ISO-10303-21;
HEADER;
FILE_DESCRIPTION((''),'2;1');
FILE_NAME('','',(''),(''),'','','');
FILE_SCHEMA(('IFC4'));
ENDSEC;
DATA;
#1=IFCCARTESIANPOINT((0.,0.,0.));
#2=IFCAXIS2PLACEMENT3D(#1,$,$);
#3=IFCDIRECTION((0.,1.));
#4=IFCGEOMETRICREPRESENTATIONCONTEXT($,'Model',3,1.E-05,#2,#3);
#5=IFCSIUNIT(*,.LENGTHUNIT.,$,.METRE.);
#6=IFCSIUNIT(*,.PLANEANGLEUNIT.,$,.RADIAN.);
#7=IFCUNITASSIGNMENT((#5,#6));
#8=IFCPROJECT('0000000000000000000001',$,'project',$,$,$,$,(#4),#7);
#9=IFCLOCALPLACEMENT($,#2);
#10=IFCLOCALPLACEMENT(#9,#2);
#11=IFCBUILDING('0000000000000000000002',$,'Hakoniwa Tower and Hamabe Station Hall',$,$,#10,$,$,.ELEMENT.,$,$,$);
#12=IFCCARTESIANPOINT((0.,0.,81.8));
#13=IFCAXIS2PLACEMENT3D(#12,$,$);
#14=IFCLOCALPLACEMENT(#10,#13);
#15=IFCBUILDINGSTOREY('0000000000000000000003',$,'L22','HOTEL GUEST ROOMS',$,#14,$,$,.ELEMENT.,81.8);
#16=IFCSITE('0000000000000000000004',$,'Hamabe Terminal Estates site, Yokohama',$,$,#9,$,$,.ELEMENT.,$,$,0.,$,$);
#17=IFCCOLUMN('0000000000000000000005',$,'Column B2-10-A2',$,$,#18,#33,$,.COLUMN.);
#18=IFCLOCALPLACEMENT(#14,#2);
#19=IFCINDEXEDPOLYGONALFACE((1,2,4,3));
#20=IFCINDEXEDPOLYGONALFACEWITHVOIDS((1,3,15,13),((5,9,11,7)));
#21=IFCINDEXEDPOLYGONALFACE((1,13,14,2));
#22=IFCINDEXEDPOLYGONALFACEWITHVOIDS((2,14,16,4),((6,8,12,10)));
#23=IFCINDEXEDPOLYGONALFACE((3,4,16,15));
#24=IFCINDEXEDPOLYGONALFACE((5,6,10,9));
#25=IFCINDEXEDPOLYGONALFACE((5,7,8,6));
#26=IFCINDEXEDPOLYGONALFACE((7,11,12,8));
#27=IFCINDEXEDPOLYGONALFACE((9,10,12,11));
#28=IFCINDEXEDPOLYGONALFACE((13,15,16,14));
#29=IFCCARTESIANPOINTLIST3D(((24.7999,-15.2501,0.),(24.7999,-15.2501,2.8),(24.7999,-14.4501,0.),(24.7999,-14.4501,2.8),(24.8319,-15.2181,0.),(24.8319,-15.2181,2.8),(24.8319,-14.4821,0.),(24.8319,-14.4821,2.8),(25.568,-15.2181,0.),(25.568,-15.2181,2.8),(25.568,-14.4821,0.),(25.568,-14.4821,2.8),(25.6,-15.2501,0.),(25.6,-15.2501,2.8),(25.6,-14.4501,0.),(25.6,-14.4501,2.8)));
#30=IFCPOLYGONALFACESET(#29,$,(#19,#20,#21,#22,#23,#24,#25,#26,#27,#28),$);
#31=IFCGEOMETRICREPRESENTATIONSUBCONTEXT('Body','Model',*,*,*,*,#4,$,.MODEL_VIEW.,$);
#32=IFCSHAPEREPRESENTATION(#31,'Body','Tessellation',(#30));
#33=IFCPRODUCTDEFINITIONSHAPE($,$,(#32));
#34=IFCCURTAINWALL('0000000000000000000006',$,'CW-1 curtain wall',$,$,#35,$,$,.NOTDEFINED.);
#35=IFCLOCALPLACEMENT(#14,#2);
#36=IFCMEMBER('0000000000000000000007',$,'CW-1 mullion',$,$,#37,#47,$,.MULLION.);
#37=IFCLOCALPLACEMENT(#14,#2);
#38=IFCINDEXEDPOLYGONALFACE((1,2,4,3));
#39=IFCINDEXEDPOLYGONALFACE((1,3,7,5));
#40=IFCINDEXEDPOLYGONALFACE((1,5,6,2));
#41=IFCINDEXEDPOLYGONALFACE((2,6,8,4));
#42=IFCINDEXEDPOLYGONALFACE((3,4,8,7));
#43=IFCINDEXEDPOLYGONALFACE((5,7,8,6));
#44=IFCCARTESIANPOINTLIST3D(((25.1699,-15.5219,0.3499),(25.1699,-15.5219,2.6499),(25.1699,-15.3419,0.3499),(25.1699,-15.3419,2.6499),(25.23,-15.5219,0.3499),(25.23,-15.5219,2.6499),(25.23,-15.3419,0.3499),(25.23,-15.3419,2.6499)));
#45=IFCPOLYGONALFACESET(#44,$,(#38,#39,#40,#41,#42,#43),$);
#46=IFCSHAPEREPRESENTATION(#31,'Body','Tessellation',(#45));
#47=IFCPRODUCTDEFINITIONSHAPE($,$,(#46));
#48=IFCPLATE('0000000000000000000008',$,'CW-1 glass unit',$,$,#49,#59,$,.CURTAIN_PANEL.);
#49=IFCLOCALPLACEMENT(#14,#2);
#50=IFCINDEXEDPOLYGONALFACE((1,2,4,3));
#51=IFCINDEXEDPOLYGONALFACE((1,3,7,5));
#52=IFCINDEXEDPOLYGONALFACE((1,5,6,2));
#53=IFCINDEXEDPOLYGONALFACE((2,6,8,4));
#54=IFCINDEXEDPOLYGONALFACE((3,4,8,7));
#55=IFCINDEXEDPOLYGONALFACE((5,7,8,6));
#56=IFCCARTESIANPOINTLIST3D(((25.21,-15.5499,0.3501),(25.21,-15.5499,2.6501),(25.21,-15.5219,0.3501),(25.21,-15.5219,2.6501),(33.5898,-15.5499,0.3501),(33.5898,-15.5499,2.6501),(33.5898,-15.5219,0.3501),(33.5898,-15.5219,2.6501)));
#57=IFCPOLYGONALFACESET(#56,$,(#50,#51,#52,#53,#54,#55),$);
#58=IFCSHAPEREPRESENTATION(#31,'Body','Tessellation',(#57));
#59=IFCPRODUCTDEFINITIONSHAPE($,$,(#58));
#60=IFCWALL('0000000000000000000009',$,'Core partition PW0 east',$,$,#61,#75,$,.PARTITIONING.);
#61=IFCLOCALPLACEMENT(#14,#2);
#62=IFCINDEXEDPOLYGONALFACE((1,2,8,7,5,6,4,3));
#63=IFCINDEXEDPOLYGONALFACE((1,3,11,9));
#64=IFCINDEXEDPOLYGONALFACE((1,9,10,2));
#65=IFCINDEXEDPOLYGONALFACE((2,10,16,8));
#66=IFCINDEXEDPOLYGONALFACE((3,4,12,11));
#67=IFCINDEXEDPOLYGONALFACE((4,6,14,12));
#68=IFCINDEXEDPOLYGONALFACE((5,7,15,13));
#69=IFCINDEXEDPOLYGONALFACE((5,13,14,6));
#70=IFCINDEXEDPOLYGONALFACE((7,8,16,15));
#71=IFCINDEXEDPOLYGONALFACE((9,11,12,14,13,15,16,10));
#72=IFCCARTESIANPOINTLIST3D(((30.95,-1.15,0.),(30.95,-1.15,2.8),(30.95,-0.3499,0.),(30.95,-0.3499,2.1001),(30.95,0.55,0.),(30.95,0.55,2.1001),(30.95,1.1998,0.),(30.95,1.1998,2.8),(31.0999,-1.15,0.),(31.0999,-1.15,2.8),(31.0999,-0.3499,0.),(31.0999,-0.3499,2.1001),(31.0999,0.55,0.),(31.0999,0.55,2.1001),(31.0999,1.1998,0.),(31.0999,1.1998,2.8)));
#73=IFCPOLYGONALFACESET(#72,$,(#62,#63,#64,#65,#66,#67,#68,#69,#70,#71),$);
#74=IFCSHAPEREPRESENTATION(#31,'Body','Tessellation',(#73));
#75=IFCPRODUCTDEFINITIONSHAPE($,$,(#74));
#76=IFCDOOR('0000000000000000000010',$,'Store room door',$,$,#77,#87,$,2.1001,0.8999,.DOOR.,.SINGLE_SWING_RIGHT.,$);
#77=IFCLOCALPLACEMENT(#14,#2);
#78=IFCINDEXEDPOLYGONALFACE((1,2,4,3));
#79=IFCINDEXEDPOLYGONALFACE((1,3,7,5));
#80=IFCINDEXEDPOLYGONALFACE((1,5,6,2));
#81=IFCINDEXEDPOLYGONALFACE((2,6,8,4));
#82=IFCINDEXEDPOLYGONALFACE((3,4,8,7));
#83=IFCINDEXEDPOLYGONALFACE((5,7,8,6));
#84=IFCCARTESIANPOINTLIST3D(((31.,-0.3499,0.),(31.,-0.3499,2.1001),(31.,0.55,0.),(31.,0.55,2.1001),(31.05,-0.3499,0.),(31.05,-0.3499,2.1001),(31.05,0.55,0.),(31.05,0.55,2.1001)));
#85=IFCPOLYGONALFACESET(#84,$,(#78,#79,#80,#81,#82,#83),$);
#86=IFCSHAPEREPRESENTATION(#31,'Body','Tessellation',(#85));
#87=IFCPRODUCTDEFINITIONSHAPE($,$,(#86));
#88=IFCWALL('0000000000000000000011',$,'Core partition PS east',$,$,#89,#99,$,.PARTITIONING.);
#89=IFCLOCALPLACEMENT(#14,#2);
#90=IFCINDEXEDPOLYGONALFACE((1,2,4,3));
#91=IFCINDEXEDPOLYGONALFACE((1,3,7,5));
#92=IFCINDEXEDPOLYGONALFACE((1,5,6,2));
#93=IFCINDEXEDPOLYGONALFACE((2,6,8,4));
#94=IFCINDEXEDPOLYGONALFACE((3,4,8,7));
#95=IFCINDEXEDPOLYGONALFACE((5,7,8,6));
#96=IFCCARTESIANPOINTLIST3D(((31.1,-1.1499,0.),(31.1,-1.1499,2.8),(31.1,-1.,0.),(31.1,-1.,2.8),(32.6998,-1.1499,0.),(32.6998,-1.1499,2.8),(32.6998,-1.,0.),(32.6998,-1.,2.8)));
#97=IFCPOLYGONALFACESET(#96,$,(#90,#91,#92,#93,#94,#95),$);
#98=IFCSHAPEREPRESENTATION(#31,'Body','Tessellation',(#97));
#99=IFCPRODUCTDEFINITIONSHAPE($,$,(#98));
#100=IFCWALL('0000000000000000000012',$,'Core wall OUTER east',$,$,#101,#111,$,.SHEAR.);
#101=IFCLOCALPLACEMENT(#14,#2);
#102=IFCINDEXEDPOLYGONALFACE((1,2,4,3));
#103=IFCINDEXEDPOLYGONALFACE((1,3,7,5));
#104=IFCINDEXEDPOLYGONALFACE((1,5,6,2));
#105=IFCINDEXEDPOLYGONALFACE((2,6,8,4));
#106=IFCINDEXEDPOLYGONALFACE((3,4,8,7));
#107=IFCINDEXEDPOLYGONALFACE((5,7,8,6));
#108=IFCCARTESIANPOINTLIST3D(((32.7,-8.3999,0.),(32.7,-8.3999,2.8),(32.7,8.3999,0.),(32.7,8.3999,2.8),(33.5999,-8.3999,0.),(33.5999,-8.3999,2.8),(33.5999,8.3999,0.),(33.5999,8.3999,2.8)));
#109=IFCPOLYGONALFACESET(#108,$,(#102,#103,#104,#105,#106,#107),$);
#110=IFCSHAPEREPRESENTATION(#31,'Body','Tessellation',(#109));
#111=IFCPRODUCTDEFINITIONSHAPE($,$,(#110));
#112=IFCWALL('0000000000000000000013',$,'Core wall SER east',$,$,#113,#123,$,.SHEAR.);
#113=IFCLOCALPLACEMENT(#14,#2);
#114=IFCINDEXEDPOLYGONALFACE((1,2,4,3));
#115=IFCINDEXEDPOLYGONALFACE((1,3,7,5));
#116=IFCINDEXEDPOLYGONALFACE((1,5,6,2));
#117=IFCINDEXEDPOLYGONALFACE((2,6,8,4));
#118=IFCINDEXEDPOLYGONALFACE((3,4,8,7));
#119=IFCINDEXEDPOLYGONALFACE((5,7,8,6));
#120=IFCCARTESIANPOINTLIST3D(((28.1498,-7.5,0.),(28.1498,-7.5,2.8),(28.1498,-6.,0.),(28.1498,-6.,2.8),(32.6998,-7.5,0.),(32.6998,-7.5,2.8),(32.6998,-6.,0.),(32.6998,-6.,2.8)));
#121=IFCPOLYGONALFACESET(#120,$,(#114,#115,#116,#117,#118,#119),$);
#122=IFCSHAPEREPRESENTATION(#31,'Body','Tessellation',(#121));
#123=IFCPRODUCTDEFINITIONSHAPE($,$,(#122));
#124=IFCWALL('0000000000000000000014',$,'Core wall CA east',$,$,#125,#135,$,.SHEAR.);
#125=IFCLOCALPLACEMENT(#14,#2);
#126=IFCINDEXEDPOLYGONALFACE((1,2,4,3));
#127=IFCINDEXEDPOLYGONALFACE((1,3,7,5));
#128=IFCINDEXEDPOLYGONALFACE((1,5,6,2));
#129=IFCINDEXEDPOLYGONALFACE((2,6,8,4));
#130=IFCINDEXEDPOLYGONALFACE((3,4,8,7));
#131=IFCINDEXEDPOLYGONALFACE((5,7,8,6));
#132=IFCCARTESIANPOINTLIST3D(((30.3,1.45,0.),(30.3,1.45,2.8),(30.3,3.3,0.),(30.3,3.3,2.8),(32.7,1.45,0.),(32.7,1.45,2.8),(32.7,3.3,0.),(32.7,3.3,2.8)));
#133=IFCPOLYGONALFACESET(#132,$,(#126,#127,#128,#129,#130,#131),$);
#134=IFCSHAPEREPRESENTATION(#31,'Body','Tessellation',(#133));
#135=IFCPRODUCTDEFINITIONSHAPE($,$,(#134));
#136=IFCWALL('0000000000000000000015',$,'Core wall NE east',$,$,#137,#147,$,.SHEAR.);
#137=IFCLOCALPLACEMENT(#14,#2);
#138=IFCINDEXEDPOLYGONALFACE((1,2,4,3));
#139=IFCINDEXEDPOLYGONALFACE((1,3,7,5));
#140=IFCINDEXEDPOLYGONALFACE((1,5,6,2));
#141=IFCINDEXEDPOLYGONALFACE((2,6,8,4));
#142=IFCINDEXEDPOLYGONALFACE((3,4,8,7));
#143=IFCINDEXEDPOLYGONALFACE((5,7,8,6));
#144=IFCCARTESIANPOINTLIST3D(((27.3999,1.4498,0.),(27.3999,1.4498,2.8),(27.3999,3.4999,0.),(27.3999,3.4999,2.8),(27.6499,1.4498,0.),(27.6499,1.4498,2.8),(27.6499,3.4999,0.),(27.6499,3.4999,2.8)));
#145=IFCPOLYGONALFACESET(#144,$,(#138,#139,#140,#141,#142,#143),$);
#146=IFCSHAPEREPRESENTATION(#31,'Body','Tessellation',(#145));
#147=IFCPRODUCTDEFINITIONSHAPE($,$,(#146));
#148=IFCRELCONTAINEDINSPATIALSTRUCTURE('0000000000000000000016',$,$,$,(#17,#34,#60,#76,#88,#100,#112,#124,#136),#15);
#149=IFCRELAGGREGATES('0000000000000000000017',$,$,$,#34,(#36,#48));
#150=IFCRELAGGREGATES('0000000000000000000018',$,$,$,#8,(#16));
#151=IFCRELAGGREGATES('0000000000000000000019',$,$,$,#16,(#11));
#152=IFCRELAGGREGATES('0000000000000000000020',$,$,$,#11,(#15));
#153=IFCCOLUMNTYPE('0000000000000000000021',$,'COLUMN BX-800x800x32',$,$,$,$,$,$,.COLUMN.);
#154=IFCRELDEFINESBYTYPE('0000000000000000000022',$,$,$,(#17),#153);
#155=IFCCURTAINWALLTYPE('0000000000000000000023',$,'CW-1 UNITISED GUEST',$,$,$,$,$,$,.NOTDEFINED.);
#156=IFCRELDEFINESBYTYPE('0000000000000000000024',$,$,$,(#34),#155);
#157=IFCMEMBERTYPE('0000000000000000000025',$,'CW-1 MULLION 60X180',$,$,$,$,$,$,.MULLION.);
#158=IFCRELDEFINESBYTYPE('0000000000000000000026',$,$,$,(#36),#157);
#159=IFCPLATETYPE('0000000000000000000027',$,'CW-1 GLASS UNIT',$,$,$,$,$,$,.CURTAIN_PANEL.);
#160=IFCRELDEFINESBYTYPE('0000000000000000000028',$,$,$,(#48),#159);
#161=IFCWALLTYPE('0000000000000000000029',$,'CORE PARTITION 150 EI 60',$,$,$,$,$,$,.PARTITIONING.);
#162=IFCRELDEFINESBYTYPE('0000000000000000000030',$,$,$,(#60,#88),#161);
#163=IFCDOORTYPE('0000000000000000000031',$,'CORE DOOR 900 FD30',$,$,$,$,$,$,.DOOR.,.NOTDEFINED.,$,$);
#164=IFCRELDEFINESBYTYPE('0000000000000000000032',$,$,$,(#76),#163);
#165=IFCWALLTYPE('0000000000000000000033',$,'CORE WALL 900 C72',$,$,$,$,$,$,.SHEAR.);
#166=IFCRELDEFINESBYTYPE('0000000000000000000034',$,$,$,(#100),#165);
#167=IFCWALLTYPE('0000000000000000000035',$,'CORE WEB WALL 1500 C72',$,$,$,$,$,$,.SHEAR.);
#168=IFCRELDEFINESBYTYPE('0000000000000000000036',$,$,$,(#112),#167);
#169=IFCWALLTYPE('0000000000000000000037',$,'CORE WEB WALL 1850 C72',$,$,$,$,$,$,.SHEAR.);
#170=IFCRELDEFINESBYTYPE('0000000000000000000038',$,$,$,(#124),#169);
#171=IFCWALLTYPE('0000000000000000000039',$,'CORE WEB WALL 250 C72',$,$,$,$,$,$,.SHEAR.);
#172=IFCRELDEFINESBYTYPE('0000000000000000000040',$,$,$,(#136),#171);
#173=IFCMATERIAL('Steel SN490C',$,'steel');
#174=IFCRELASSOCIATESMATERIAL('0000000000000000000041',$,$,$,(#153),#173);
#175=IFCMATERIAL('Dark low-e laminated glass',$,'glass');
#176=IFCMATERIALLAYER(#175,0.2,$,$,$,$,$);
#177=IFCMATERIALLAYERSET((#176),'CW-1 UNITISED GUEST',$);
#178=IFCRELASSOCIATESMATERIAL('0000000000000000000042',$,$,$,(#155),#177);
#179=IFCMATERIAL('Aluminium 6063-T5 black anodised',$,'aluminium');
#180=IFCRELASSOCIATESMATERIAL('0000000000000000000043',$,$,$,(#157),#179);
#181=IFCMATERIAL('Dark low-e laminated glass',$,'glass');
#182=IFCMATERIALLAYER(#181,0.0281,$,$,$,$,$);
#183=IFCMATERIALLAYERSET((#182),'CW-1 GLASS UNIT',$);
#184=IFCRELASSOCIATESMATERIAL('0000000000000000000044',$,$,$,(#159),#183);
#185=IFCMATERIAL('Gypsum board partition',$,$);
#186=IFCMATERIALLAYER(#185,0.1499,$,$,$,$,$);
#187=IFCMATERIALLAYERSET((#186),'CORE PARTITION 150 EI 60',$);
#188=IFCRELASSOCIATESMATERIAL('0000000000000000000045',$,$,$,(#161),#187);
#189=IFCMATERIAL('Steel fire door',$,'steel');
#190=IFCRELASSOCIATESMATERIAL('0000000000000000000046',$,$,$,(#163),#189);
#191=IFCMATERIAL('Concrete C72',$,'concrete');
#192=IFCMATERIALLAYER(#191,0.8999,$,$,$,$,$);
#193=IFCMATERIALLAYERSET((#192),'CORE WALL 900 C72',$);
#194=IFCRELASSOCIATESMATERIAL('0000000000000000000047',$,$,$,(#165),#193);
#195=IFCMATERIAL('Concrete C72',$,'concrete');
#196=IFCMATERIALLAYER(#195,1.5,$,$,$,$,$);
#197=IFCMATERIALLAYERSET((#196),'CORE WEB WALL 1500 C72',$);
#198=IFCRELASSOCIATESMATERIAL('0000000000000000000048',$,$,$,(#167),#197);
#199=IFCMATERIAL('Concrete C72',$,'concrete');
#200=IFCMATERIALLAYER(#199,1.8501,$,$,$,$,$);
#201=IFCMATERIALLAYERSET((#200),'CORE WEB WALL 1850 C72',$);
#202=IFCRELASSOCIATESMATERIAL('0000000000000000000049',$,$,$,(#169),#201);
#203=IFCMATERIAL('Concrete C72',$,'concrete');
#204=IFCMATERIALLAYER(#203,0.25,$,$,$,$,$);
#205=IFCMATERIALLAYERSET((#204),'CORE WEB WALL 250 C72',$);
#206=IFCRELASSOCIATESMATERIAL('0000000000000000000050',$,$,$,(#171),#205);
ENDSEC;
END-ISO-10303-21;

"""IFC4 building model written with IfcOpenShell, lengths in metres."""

from ifc_helpers import new_model, si_unit, direction, frame, frame_2d, origin, origin_2d, place, context, subcontext, project, spatial, rectangle, hollow_rectangle, extrude, material, layer, layer_set, material_profile, profile_set, type_object, element, fill, aggregate, save


model = new_model("IFC4")

# Units and contexts
model_context = context("Model", 3, precision=1e-05, world=origin(), true_north=direction((0.0, 1.0)))
body_context = subcontext(model_context, "Body", "Model", "MODEL_VIEW")
ifc_project = project(units=[si_unit("LENGTHUNIT", "METRE"), si_unit("PLANEANGLEUNIT", "RADIAN")], contexts=[model_context])

# Site, building, storey
site_placement = place(None, origin())
site = spatial("IfcSite", under=ifc_project, at=site_placement, Name="Hamabe Terminal Estates site, Yokohama", CompositionType="ELEMENT", RefElevation=0.0)
building_placement = place(site_placement, origin())
building = spatial("IfcBuilding", under=site, at=building_placement, Name="Hakoniwa Tower and Hamabe Station Hall", CompositionType="ELEMENT")
storey_placement = place(building_placement, frame((0.0, 0.0, 81.8)))
storey = spatial("IfcBuildingStorey", under=building, at=storey_placement, Name="L22", Description="HOTEL GUEST ROOMS", CompositionType="ELEMENT", Elevation=81.8)

# Column
ifc_material_1 = material(Name="Steel SN490C", Category="steel")
ifc_material_profile_1 = material_profile(ifc_material_1, hollow_rectangle(XDim=0.8, YDim=0.8, WallThickness=0.032, at=origin_2d()), Name="BX-800x800x32")
ifc_profile_set_1 = profile_set([ifc_material_profile_1], Name="Steel SN490C")
column_type = type_object("IfcColumnType", Name="COLUMN BX-800x800x32", PredefinedType="COLUMN", material=ifc_profile_set_1)
column_placement = place(storey_placement, frame((25.2, -14.8501, 0.0), z_axis=(0.0, 0.0, 1.0), x_axis=(1.0, 0.0, 0.0)))
element("IfcColumn", 1, at=column_placement, inside=storey, type_object=column_type, Name="Column B2-10-A2", PredefinedType="COLUMN", context=body_context, shape_type="SweptSolid", body=[
    extrude(hollow_rectangle(XDim=0.8, YDim=0.8, WallThickness=0.032, at=origin_2d()), origin(), (0.0, 0.0, 1.0), 2.8),
])

# Curtain wall, member, plate
ifc_material_2 = material(Name="Dark low-e laminated glass", Category="glass")
ifc_layer_1 = layer(ifc_material_2, 0.2)
ifc_layer_set_1 = layer_set([ifc_layer_1], Name="CW-1 UNITISED GUEST")
curtain_wall_type = type_object("IfcCurtainWallType", Name="CW-1 UNITISED GUEST", PredefinedType="NOTDEFINED", material=ifc_layer_set_1)
curtain_wall_placement = place(storey_placement, origin())
curtain_wall = element("IfcCurtainWall", 2, at=curtain_wall_placement, inside=storey, type_object=curtain_wall_type, Name="CW-1 curtain wall", PredefinedType="NOTDEFINED")
ifc_material_3 = material(Name="Aluminium 6063-T5 black anodised", Category="aluminium")
ifc_material_profile_2 = material_profile(ifc_material_3, rectangle(XDim=0.0601, YDim=0.1799, at=origin_2d()), Name="CW-1 MULLION 60X180")
ifc_profile_set_2 = profile_set([ifc_material_profile_2], Name="Aluminium 6063-T5 black anodised")
member_type = type_object("IfcMemberType", Name="CW-1 MULLION 60X180", PredefinedType="MULLION", material=ifc_profile_set_2)
member_placement = place(storey_placement, frame((25.2, -15.4319, 0.3499), z_axis=(0.0, 0.0, 1.0), x_axis=(1.0, 0.0, 0.0)))
member = element("IfcMember", 3, at=member_placement, type_object=member_type, Name="CW-1 mullion", PredefinedType="MULLION", context=body_context, shape_type="SweptSolid", body=[
    extrude(rectangle(XDim=0.0601, YDim=0.1799, at=origin_2d()), origin(), (0.0, 0.0, 1.0), 2.3),
])
ifc_material_4 = material(Name="Dark low-e laminated glass", Category="glass")
ifc_layer_2 = layer(ifc_material_4, 0.0281)
ifc_layer_set_2 = layer_set([ifc_layer_2], Name="CW-1 GLASS UNIT")
plate_type = type_object("IfcPlateType", Name="CW-1 GLASS UNIT", PredefinedType="CURTAIN_PANEL", material=ifc_layer_set_2)
plate_placement = place(storey_placement, frame((29.3999, -15.5359, 0.3501), z_axis=(0.0, 0.0, 1.0), x_axis=(1.0, 0.0, 0.0)))
plate = element("IfcPlate", 4, at=plate_placement, type_object=plate_type, Name="CW-1 glass unit", PredefinedType="CURTAIN_PANEL", context=body_context, shape_type="SweptSolid", body=[
    extrude(rectangle(XDim=8.3799, YDim=0.0281, at=origin_2d()), origin(), (0.0, 0.0, 1.0), 2.3),
])
aggregate(curtain_wall, [member, plate])

# Wall, opening, door
ifc_material_5 = material(Name="Gypsum board partition")
ifc_layer_3 = layer(ifc_material_5, 0.1499)
ifc_layer_set_3 = layer_set([ifc_layer_3], Name="CORE PARTITION 150 EI 60")
wall_type_1 = type_object("IfcWallType", Name="CORE PARTITION 150 EI 60", PredefinedType="PARTITIONING", material=ifc_layer_set_3)
wall_1_placement = place(storey_placement, frame((31.0249, -1.1499, 0.0), z_axis=(0.0, 0.0, 1.0), x_axis=(0.0, 1.0, 0.0)))
wall_1 = element("IfcWall", 5, at=wall_1_placement, inside=storey, type_object=wall_type_1, Name="Core partition PW0 east", PredefinedType="PARTITIONING", context=body_context, shape_type="SweptSolid", body=[
    extrude(rectangle(XDim=2.3499, YDim=0.1499, at=frame_2d((1.1748, 0.0))), origin(), (0.0, 0.0, 1.0), 2.8),
])
opening_1_placement = place(wall_1_placement, frame((0.8, 0.0, 0.0)))
opening_1 = element("IfcOpeningElement", 6, at=opening_1_placement, cuts=wall_1, PredefinedType="OPENING", context=body_context, shape_type="SweptSolid", body=[
    extrude(rectangle(XDim=0.8999, YDim=2.1001, at=frame_2d((0.45, 1.05))), frame((0.0, 0.085, 0.0), z_axis=(0.0, -1.0, 0.0), x_axis=(1.0, 0.0, 0.0)), (0.0, 0.0, 1.0), 0.1699),
])
ifc_material_6 = material(Name="Steel fire door", Category="steel")
door_type_1 = type_object("IfcDoorType", Name="CORE DOOR 900 FD30", OperationType="NOTDEFINED", PredefinedType="DOOR", material=ifc_material_6)
door_1_placement = place(opening_1_placement, origin())
door_1 = element("IfcDoor", 7, at=door_1_placement, inside=storey, type_object=door_type_1, Name="Store room door", OperationType="SINGLE_SWING_RIGHT", OverallHeight=2.1001, OverallWidth=0.8999, PredefinedType="DOOR", context=body_context, shape_type="SweptSolid", body=[
    extrude(rectangle(XDim=0.8999, YDim=2.1001, at=frame_2d((0.45, 1.05))), frame((0.0, 0.0249, 0.0), z_axis=(0.0, -1.0, 0.0), x_axis=(1.0, 0.0, 0.0)), (0.0, 0.0, 1.0), 0.05),
])
fill(opening_1, door_1)

# Walls
wall_2_placement = place(storey_placement, frame((31.1001, -1.075, 0.0), z_axis=(0.0, 0.0, 1.0), x_axis=(1.0, 0.0, 0.0)))
element("IfcWall", 8, at=wall_2_placement, inside=storey, type_object=wall_type_1, Name="Core partition PS east", PredefinedType="PARTITIONING", context=body_context, shape_type="SweptSolid", body=[
    extrude(rectangle(XDim=1.5999, YDim=0.1499, at=frame_2d((0.7998, 0.0))), origin(), (0.0, 0.0, 1.0), 2.8),
])
ifc_material_7 = material(Name="Concrete C72", Category="concrete")
ifc_layer_4 = layer(ifc_material_7, 0.8999)
ifc_layer_set_4 = layer_set([ifc_layer_4], Name="CORE WALL 900 C72")
wall_type_2 = type_object("IfcWallType", Name="CORE WALL 900 C72", PredefinedType="SHEAR", material=ifc_layer_set_4)
wall_3_placement = place(storey_placement, frame((33.1499, -8.3999, 0.0), z_axis=(0.0, 0.0, 1.0), x_axis=(0.0, 1.0, 0.0)))
element("IfcWall", 9, at=wall_3_placement, inside=storey, type_object=wall_type_2, Name="Core wall OUTER east", PredefinedType="SHEAR", context=body_context, shape_type="SweptSolid", body=[
    extrude(rectangle(XDim=16.7998, YDim=0.8999, at=frame_2d((8.3999, 0.0))), origin(), (0.0, 0.0, 1.0), 2.8),
])
ifc_material_8 = material(Name="Concrete C72", Category="concrete")
ifc_layer_5 = layer(ifc_material_8, 1.5)
ifc_layer_set_5 = layer_set([ifc_layer_5], Name="CORE WEB WALL 1500 C72")
wall_type_3 = type_object("IfcWallType", Name="CORE WEB WALL 1500 C72", PredefinedType="SHEAR", material=ifc_layer_set_5)
wall_4_placement = place(storey_placement, frame((28.1499, -6.75, 0.0), z_axis=(0.0, 0.0, 1.0), x_axis=(1.0, 0.0, 0.0)))
element("IfcWall", 10, at=wall_4_placement, inside=storey, type_object=wall_type_3, Name="Core wall SER east", PredefinedType="SHEAR", context=body_context, shape_type="SweptSolid", body=[
    extrude(rectangle(XDim=4.55, YDim=1.5, at=frame_2d((2.2749, 0.0))), origin(), (0.0, 0.0, 1.0), 2.8),
])
ifc_material_9 = material(Name="Concrete C72", Category="concrete")
ifc_layer_6 = layer(ifc_material_9, 1.8501)
ifc_layer_set_6 = layer_set([ifc_layer_6], Name="CORE WEB WALL 1850 C72")
wall_type_4 = type_object("IfcWallType", Name="CORE WEB WALL 1850 C72", PredefinedType="SHEAR", material=ifc_layer_set_6)
wall_5_placement = place(storey_placement, frame((30.3, 2.375, 0.0), z_axis=(0.0, 0.0, 1.0), x_axis=(1.0, 0.0, 0.0)))
element("IfcWall", 11, at=wall_5_placement, inside=storey, type_object=wall_type_4, Name="Core wall CA east", PredefinedType="SHEAR", context=body_context, shape_type="SweptSolid", body=[
    extrude(rectangle(XDim=2.3999, YDim=1.8501, at=frame_2d((1.2, 0.0))), origin(), (0.0, 0.0, 1.0), 2.8),
])
ifc_material_10 = material(Name="Concrete C72", Category="concrete")
ifc_layer_7 = layer(ifc_material_10, 0.25)
ifc_layer_set_7 = layer_set([ifc_layer_7], Name="CORE WEB WALL 250 C72")
wall_type_5 = type_object("IfcWallType", Name="CORE WEB WALL 250 C72", PredefinedType="SHEAR", material=ifc_layer_set_7)
wall_6_placement = place(storey_placement, frame((27.5249, 1.45, 0.0), z_axis=(0.0, 0.0, 1.0), x_axis=(0.0, 1.0, 0.0)))
element("IfcWall", 12, at=wall_6_placement, inside=storey, type_object=wall_type_5, Name="Core wall NE east", PredefinedType="SHEAR", context=body_context, shape_type="SweptSolid", body=[
    extrude(rectangle(XDim=2.05, YDim=0.25, at=frame_2d((1.0249, 0.0))), origin(), (0.0, 0.0, 1.0), 2.8),
])

save(model, "model.ifc")
